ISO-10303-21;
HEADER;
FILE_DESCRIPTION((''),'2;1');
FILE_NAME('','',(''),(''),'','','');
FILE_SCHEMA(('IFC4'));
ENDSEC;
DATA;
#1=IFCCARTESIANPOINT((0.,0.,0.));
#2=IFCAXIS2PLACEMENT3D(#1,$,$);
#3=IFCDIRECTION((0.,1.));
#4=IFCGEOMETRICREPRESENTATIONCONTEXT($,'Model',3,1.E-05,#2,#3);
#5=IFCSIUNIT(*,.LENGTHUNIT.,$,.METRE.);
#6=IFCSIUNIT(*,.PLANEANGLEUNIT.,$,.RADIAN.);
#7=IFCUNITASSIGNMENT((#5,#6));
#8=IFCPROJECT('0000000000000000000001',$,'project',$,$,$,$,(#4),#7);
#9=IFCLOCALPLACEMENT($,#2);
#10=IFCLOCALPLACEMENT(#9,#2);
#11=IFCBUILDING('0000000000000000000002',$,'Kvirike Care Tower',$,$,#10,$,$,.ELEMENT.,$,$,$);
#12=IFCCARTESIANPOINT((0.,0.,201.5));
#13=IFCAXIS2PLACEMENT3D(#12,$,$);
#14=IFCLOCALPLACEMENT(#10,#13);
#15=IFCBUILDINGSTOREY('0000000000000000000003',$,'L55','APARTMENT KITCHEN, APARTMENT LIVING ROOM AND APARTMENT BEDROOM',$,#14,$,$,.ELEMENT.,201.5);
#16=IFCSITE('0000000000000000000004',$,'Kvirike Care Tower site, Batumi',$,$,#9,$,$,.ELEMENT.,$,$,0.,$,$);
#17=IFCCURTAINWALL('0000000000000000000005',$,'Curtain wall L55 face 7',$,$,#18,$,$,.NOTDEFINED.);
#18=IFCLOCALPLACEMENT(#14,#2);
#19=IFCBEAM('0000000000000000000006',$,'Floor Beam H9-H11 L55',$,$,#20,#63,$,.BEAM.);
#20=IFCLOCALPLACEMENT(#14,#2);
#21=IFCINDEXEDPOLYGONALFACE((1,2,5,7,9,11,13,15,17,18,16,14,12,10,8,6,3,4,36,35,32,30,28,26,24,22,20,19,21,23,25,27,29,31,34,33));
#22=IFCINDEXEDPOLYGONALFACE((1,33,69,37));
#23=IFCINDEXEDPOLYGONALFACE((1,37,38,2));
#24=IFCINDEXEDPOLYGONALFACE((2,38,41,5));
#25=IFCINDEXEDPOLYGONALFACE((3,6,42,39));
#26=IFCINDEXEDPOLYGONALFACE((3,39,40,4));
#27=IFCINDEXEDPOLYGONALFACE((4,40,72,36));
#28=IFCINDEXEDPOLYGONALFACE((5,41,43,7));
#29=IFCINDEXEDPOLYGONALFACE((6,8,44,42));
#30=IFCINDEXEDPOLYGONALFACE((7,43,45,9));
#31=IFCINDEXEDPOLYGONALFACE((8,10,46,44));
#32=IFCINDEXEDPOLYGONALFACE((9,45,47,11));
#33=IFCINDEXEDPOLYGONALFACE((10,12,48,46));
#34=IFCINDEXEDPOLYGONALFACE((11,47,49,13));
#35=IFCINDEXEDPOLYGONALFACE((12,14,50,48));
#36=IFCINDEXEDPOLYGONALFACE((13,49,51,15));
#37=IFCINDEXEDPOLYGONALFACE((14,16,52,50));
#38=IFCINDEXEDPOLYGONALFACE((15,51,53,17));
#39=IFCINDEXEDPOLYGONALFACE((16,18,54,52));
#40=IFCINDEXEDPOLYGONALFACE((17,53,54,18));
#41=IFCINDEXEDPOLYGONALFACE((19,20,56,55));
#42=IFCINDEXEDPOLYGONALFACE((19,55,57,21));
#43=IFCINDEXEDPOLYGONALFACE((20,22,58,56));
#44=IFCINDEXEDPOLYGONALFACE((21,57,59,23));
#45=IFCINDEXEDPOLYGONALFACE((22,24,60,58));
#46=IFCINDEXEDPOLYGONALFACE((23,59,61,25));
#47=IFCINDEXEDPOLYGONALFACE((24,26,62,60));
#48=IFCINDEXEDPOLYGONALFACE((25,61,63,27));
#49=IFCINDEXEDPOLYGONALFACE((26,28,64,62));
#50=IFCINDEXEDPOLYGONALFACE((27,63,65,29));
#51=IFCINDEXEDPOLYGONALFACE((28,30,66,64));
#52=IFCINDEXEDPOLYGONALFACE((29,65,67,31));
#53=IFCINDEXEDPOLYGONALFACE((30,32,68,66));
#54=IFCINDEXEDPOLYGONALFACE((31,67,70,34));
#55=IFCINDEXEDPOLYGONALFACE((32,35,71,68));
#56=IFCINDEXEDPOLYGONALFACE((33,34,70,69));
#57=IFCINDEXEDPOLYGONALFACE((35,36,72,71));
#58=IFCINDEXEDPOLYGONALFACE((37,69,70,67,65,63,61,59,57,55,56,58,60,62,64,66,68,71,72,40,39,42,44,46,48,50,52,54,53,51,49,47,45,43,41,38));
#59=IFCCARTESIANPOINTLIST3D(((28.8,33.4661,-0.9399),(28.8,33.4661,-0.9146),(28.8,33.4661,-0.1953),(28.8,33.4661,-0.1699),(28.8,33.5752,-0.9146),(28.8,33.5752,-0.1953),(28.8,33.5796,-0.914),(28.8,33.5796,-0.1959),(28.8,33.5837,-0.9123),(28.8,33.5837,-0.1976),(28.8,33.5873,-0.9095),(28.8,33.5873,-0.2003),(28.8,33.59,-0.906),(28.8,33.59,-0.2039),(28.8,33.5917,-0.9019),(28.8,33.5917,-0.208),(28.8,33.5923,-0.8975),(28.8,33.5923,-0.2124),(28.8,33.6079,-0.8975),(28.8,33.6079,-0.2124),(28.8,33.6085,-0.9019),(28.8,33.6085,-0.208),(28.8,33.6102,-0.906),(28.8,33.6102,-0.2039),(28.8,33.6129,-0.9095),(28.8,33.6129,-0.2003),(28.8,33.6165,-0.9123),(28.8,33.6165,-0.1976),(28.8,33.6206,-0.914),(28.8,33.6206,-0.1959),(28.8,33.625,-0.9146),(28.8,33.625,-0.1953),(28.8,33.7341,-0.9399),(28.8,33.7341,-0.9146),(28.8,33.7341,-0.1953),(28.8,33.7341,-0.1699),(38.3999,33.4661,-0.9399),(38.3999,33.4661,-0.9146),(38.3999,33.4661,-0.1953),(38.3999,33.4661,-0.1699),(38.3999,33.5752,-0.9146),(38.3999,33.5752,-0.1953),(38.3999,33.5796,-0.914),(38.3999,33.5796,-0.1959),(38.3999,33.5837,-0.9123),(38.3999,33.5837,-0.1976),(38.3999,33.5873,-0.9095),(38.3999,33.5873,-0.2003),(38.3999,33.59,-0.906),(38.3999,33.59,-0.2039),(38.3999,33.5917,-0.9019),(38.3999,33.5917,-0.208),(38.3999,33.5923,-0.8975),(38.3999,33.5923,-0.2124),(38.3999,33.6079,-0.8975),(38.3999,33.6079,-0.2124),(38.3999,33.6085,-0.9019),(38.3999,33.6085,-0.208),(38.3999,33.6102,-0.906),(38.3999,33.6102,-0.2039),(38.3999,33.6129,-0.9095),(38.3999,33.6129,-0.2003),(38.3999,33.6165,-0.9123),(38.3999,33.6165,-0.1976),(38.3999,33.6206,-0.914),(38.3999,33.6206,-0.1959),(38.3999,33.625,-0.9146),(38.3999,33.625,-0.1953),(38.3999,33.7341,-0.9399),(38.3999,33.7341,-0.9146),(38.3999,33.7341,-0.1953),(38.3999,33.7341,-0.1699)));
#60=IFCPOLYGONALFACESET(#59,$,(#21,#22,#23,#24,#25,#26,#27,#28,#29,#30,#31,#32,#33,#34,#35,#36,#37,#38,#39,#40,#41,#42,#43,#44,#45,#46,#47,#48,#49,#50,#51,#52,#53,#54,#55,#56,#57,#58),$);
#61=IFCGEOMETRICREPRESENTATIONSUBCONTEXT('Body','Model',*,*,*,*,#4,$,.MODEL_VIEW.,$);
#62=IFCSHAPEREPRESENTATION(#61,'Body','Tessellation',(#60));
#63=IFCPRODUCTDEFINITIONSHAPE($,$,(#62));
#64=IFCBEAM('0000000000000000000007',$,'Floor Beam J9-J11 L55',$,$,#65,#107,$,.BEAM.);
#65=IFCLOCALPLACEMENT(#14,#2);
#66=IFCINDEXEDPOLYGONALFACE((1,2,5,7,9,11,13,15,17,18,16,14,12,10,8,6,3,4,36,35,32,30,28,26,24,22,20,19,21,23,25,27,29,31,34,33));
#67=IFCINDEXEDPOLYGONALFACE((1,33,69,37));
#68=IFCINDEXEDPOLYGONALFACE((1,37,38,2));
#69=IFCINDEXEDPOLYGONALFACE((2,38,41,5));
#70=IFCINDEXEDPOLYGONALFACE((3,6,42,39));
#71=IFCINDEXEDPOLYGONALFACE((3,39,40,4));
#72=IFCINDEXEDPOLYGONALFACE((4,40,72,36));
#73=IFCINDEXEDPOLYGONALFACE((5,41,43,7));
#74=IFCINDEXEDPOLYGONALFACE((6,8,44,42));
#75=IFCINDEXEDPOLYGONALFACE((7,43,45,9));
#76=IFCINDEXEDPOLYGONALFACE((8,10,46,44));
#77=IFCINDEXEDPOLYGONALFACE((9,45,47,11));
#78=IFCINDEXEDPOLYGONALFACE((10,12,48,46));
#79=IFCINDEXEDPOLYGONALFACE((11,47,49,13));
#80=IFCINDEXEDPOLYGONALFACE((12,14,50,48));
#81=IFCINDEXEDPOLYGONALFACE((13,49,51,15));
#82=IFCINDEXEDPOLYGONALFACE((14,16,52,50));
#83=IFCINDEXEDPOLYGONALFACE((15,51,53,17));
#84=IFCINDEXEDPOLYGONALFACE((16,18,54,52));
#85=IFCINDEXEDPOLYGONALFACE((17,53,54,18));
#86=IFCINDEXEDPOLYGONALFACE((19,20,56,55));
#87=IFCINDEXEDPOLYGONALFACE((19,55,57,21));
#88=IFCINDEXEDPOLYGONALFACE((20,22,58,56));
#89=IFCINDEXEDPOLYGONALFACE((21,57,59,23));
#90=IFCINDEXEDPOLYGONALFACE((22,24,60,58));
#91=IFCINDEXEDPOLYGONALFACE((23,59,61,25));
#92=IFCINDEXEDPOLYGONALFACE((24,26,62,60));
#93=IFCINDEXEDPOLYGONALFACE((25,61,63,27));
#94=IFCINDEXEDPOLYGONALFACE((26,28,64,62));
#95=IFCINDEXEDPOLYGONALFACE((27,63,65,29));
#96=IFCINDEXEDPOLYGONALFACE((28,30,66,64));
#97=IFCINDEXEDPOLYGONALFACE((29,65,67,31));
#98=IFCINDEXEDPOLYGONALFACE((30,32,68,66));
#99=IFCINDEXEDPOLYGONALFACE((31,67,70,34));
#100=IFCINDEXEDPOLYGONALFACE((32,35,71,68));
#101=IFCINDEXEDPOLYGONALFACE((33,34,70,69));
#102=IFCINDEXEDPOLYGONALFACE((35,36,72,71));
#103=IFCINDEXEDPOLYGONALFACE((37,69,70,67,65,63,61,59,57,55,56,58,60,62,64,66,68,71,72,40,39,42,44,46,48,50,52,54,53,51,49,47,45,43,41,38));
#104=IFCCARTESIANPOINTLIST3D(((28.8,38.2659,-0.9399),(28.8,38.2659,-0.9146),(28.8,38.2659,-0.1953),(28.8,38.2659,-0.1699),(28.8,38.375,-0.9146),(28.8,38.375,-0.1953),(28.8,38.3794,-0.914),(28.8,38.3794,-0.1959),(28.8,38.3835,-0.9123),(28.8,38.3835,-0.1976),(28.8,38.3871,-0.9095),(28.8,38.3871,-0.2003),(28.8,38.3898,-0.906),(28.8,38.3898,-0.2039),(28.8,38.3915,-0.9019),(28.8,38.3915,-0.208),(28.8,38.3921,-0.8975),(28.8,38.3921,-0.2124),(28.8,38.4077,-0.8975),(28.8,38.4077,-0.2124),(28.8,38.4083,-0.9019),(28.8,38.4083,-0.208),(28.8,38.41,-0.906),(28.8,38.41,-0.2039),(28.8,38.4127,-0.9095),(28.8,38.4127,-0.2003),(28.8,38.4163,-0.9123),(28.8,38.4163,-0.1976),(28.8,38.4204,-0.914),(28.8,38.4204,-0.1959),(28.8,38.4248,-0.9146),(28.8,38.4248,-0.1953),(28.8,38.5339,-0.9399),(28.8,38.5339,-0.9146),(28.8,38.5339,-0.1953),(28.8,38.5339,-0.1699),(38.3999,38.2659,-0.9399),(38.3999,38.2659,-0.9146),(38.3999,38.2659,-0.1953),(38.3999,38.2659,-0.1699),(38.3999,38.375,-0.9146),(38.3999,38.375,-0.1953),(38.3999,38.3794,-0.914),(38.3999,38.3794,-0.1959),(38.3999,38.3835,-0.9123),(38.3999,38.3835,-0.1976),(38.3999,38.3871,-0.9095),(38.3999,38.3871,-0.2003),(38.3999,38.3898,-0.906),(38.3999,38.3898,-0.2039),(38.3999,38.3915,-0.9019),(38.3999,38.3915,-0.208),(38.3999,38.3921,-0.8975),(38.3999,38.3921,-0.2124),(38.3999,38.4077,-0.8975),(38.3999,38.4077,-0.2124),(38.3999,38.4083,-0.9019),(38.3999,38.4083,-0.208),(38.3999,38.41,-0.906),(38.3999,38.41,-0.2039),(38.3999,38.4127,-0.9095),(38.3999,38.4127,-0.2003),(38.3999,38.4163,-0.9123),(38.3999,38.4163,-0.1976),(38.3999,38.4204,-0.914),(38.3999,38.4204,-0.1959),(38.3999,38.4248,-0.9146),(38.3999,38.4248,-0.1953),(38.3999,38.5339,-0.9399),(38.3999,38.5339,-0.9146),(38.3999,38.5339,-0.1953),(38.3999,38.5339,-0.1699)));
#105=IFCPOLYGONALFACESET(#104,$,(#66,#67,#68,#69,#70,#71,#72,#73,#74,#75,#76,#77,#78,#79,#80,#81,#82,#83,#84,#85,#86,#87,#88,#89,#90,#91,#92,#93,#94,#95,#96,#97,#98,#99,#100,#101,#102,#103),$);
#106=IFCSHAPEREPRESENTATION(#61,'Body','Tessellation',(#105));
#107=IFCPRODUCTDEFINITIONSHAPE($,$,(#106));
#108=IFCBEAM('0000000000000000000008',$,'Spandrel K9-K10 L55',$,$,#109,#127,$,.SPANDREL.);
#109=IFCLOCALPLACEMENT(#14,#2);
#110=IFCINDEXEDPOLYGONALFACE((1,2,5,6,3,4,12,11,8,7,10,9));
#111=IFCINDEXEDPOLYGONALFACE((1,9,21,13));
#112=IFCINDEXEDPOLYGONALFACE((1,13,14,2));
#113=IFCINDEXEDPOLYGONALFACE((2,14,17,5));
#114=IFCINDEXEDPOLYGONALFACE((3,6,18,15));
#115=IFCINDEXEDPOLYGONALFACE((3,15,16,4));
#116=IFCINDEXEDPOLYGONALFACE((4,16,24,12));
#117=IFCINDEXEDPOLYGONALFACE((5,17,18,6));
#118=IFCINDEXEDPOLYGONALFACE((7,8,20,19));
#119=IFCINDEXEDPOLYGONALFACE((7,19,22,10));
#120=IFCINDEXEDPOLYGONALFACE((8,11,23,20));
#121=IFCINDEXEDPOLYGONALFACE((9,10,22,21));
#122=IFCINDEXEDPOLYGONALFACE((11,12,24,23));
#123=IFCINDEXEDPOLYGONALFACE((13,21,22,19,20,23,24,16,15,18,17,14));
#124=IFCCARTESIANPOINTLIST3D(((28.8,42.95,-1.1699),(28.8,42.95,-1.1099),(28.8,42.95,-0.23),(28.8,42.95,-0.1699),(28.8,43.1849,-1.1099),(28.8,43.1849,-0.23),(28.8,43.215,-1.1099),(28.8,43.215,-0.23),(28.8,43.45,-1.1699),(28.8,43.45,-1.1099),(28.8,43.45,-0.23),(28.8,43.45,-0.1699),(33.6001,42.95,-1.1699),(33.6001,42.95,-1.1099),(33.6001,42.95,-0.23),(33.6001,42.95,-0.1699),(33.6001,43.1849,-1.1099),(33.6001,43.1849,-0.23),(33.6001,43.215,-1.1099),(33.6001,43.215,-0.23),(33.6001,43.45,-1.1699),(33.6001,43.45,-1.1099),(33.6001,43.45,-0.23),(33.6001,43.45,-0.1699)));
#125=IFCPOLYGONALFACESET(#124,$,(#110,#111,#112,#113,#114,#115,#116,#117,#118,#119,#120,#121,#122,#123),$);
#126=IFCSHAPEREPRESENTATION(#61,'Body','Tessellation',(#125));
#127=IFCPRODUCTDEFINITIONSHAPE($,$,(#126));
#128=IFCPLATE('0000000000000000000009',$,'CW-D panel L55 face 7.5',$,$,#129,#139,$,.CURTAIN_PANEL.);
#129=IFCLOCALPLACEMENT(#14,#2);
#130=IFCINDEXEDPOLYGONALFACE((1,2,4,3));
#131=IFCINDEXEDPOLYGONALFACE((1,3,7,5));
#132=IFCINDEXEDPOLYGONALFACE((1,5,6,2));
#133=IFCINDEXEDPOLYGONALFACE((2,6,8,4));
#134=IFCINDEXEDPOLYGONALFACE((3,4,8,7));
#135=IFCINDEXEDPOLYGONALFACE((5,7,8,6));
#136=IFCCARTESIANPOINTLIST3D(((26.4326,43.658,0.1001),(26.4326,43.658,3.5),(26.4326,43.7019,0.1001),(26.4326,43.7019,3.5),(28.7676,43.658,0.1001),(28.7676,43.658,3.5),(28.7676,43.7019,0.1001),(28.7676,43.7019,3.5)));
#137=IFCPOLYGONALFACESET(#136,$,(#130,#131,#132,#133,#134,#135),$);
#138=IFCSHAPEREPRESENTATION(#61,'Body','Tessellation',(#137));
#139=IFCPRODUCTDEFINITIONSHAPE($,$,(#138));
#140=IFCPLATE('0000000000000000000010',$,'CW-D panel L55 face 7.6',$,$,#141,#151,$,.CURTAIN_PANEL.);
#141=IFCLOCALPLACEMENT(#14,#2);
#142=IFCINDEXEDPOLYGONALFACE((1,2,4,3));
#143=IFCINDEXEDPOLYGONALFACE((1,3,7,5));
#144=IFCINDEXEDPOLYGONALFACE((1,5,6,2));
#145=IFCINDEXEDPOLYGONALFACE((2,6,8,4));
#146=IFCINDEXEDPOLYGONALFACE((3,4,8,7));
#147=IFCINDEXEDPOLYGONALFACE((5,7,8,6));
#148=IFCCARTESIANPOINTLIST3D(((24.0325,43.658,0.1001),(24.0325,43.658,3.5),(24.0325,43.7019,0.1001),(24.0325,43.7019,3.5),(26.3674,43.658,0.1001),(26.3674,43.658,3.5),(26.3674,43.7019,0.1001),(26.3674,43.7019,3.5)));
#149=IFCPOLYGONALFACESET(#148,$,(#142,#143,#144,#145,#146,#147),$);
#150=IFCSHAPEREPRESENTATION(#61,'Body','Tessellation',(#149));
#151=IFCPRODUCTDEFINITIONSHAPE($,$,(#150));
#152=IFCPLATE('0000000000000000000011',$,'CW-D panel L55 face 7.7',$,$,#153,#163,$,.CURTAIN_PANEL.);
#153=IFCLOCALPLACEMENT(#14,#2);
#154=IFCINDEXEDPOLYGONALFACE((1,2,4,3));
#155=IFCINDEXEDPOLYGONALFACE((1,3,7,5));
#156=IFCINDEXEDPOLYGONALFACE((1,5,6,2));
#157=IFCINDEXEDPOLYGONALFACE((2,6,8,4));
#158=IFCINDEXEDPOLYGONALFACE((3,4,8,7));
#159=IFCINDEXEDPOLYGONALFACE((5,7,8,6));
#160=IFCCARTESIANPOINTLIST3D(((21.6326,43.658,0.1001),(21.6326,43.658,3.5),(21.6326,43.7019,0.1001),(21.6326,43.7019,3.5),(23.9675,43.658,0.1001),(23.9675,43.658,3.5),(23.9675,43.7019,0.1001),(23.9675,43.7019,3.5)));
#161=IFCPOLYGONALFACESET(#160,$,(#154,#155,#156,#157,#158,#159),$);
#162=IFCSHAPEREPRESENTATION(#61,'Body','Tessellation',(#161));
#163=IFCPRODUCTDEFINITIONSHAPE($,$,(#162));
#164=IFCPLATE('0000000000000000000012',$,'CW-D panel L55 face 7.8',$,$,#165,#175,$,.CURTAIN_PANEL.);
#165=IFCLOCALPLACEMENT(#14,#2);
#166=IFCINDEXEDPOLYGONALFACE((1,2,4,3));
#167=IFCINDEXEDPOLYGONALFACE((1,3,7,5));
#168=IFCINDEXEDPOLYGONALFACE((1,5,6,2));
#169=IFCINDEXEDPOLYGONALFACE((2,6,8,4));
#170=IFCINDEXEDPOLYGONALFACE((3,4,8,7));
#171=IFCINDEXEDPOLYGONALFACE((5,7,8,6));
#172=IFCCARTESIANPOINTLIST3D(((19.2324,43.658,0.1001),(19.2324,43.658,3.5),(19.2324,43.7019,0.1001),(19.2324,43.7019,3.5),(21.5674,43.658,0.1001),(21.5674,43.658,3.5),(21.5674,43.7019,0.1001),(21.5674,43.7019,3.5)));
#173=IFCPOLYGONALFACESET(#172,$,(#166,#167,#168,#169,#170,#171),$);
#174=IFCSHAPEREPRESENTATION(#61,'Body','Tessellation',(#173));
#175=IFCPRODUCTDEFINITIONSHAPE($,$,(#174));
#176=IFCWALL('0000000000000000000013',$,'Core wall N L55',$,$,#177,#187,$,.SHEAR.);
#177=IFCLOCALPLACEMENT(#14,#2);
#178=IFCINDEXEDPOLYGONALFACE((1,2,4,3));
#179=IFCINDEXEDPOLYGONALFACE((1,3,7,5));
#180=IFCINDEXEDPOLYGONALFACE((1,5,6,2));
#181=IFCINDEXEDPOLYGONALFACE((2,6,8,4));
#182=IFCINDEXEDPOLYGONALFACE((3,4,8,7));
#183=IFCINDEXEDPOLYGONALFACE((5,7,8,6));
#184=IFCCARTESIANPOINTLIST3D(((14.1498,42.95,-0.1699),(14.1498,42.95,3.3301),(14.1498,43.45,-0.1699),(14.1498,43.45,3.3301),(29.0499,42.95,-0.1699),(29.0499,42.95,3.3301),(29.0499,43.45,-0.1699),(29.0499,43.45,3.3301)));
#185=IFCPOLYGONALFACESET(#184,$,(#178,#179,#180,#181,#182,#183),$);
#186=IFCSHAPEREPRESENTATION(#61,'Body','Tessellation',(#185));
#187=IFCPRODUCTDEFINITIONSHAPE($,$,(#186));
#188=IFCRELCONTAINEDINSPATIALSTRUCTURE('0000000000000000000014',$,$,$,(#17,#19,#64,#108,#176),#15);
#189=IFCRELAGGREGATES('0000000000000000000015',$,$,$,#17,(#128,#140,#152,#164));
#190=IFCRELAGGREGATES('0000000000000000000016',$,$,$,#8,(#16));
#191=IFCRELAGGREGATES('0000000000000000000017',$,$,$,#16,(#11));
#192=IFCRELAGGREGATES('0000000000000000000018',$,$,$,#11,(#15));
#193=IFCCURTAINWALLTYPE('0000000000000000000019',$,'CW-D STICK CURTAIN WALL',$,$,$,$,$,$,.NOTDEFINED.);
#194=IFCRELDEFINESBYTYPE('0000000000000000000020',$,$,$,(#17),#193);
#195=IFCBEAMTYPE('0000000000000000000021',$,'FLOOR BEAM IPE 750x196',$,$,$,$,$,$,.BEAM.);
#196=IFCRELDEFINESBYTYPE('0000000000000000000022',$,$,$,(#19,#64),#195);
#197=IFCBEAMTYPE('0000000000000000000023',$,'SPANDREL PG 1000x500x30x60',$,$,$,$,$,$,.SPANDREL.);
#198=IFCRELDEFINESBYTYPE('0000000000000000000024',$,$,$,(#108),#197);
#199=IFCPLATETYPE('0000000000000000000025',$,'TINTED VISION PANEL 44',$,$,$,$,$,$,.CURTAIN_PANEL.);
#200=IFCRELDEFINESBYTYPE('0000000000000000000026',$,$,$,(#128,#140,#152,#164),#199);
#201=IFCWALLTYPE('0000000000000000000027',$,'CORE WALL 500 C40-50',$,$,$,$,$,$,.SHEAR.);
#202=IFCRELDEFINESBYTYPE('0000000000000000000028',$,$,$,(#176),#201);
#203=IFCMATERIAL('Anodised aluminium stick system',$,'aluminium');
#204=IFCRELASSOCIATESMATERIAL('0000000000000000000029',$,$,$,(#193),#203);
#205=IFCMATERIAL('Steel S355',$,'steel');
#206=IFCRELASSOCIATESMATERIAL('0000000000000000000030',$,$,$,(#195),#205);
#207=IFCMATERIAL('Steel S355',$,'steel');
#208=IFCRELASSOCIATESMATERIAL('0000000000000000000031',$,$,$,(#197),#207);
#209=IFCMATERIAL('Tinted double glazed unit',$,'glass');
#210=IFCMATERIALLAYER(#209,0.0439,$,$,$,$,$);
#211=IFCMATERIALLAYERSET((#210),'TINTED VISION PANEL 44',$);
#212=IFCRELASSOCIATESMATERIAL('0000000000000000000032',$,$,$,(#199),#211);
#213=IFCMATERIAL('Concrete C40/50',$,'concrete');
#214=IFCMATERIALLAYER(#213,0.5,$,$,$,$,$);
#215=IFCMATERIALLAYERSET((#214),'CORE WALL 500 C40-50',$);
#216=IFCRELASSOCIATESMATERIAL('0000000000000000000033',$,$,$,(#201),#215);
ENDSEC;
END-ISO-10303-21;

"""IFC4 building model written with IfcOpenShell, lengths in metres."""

from ifc_helpers import new_model, si_unit, direction, frame, frame_2d, origin, origin_2d, place, context, subcontext, project, spatial, rectangle, i_section, extrude, material, layer, layer_set, material_profile, profile_set, type_object, element, aggregate, save


model = new_model("IFC4")

# Units and contexts
model_context = context("Model", 3, precision=1e-05, world=origin(), true_north=direction((0.0, 1.0)))
body_context = subcontext(model_context, "Body", "Model", "MODEL_VIEW")
ifc_project = project(units=[si_unit("LENGTHUNIT", "METRE"), si_unit("PLANEANGLEUNIT", "RADIAN")], contexts=[model_context])

# Site, building, storey
site_placement = place(None, origin())
site = spatial("IfcSite", under=ifc_project, at=site_placement, Name="Kvirike Care Tower site, Batumi", CompositionType="ELEMENT", RefElevation=0.0)
building_placement = place(site_placement, origin())
building = spatial("IfcBuilding", under=site, at=building_placement, Name="Kvirike Care Tower", CompositionType="ELEMENT")
storey_placement = place(building_placement, frame((0.0, 0.0, 201.5)))
storey = spatial("IfcBuildingStorey", under=building, at=storey_placement, Name="L55", Description="APARTMENT KITCHEN, APARTMENT LIVING ROOM AND APARTMENT BEDROOM", CompositionType="ELEMENT", Elevation=201.5)

# Curtain wall
ifc_material_1 = material(Name="Anodised aluminium stick system", Category="aluminium")
curtain_wall_type = type_object("IfcCurtainWallType", Name="CW-D STICK CURTAIN WALL", PredefinedType="NOTDEFINED", material=ifc_material_1)
curtain_wall_placement = place(storey_placement, origin())
curtain_wall = element("IfcCurtainWall", 1, at=curtain_wall_placement, inside=storey, type_object=curtain_wall_type, Name="Curtain wall L55 face 7", PredefinedType="NOTDEFINED")

# Beams
ifc_material_2 = material(Name="Steel S355", Category="steel")
ifc_material_profile_1 = material_profile(ifc_material_2, i_section(OverallWidth=0.2681, OverallDepth=0.77, WebThickness=0.0156, FlangeThickness=0.0254, FilletRadius=0.0171, at=origin_2d()), Name="IPE 750x196")
ifc_profile_set_1 = profile_set([ifc_material_profile_1], Name="Steel S355")
beam_type_1 = type_object("IfcBeamType", Name="FLOOR BEAM IPE 750x196", PredefinedType="BEAM", material=ifc_profile_set_1)
for number, where, z_axis, x_axis, name in (
    (2, (28.8, 33.6001, -0.5549), (1.0, 0.0, 0.0), (0.0, 1.0, 0.0), "Floor Beam H9-H11 L55"),
    (3, (28.8, 38.3999, -0.5549), (1.0, 0.0, 0.0), (0.0, 1.0, 0.0), "Floor Beam J9-J11 L55"),
):
    element("IfcBeam", number, at=place(storey_placement, frame(where, z_axis=z_axis, x_axis=x_axis)), inside=storey, type_object=beam_type_1, Name=name, PredefinedType="BEAM", context=body_context, shape_type="SweptSolid", body=[
        extrude(i_section(OverallWidth=0.2681, OverallDepth=0.77, WebThickness=0.0156, FlangeThickness=0.0254, FilletRadius=0.0171, at=origin_2d()), origin(), (0.0, 0.0, 1.0), 9.5999),
    ])
ifc_material_3 = material(Name="Steel S355", Category="steel")
ifc_material_profile_2 = material_profile(ifc_material_3, i_section(OverallWidth=0.5, OverallDepth=1.0, WebThickness=0.03, FlangeThickness=0.0601, at=origin_2d()), Name="PG 1000x500x30x60")
ifc_profile_set_2 = profile_set([ifc_material_profile_2], Name="Steel S355")
beam_type_2 = type_object("IfcBeamType", Name="SPANDREL PG 1000x500x30x60", PredefinedType="SPANDREL", material=ifc_profile_set_2)
beam_placement = place(storey_placement, frame((28.8, 43.2, -0.6699), z_axis=(1.0, 0.0, 0.0), x_axis=(0.0, 1.0, 0.0)))
element("IfcBeam", 4, at=beam_placement, inside=storey, type_object=beam_type_2, Name="Spandrel K9-K10 L55", PredefinedType="SPANDREL", context=body_context, shape_type="SweptSolid", body=[
    extrude(i_section(OverallWidth=0.5, OverallDepth=1.0, WebThickness=0.03, FlangeThickness=0.0601, at=origin_2d()), origin(), (0.0, 0.0, 1.0), 4.8),
])

# Plates
ifc_material_4 = material(Name="Tinted double glazed unit", Category="glass")
ifc_layer_1 = layer(ifc_material_4, 0.0439)
ifc_layer_set_1 = layer_set([ifc_layer_1], Name="TINTED VISION PANEL 44")
plate_type = type_object("IfcPlateType", Name="TINTED VISION PANEL 44", PredefinedType="CURTAIN_PANEL", material=ifc_layer_set_1)
plate_1_placement = place(storey_placement, frame((27.6001, 43.6799, 0.1001), z_axis=(0.0, 0.0, 1.0), x_axis=(-1.0, 0.0, 0.0)))
plate_1 = element("IfcPlate", 5, at=plate_1_placement, type_object=plate_type, Name="CW-D panel L55 face 7.5", PredefinedType="CURTAIN_PANEL", context=body_context, shape_type="SweptSolid", body=[
    extrude(rectangle(XDim=2.335, YDim=0.0439, at=origin_2d()), origin(), (0.0, 0.0, 1.0), 3.3999),
])
plate_2_placement = place(storey_placement, frame((25.2, 43.6799, 0.1001), z_axis=(0.0, 0.0, 1.0), x_axis=(-1.0, 0.0, 0.0)))
plate_2 = element("IfcPlate", 6, at=plate_2_placement, type_object=plate_type, Name="CW-D panel L55 face 7.6", PredefinedType="CURTAIN_PANEL", context=body_context, shape_type="SweptSolid", body=[
    extrude(rectangle(XDim=2.335, YDim=0.0439, at=origin_2d()), origin(), (0.0, 0.0, 1.0), 3.3999),
])
plate_3_placement = place(storey_placement, frame((22.8, 43.6799, 0.1001), z_axis=(0.0, 0.0, 1.0), x_axis=(-1.0, 0.0, 0.0)))
plate_3 = element("IfcPlate", 7, at=plate_3_placement, type_object=plate_type, Name="CW-D panel L55 face 7.7", PredefinedType="CURTAIN_PANEL", context=body_context, shape_type="SweptSolid", body=[
    extrude(rectangle(XDim=2.335, YDim=0.0439, at=origin_2d()), origin(), (0.0, 0.0, 1.0), 3.3999),
])
plate_4_placement = place(storey_placement, frame((20.3999, 43.6799, 0.1001), z_axis=(0.0, 0.0, 1.0), x_axis=(-1.0, 0.0, 0.0)))
plate_4 = element("IfcPlate", 8, at=plate_4_placement, type_object=plate_type, Name="CW-D panel L55 face 7.8", PredefinedType="CURTAIN_PANEL", context=body_context, shape_type="SweptSolid", body=[
    extrude(rectangle(XDim=2.335, YDim=0.0439, at=origin_2d()), origin(), (0.0, 0.0, 1.0), 3.3999),
])
aggregate(curtain_wall, [plate_1, plate_2, plate_3, plate_4])

# Wall
ifc_material_5 = material(Name="Concrete C40/50", Category="concrete")
ifc_layer_2 = layer(ifc_material_5, 0.5)
ifc_layer_set_2 = layer_set([ifc_layer_2], Name="CORE WALL 500 C40-50")
wall_type_1 = type_object("IfcWallType", Name="CORE WALL 500 C40-50", PredefinedType="SHEAR", material=ifc_layer_set_2)
wall_1_placement = place(storey_placement, frame((29.05, 43.2, -0.1699), z_axis=(0.0, 0.0, 1.0), x_axis=(-1.0, 0.0, 0.0)))
element("IfcWall", 9, at=wall_1_placement, inside=storey, type_object=wall_type_1, Name="Core wall N L55", PredefinedType="SHEAR", context=body_context, shape_type="SweptSolid", body=[
    extrude(rectangle(XDim=14.9001, YDim=0.5, at=frame_2d((7.4502, 0.0))), origin(), (0.0, 0.0, 1.0), 3.5),
])

save(model, "model.ifc")
